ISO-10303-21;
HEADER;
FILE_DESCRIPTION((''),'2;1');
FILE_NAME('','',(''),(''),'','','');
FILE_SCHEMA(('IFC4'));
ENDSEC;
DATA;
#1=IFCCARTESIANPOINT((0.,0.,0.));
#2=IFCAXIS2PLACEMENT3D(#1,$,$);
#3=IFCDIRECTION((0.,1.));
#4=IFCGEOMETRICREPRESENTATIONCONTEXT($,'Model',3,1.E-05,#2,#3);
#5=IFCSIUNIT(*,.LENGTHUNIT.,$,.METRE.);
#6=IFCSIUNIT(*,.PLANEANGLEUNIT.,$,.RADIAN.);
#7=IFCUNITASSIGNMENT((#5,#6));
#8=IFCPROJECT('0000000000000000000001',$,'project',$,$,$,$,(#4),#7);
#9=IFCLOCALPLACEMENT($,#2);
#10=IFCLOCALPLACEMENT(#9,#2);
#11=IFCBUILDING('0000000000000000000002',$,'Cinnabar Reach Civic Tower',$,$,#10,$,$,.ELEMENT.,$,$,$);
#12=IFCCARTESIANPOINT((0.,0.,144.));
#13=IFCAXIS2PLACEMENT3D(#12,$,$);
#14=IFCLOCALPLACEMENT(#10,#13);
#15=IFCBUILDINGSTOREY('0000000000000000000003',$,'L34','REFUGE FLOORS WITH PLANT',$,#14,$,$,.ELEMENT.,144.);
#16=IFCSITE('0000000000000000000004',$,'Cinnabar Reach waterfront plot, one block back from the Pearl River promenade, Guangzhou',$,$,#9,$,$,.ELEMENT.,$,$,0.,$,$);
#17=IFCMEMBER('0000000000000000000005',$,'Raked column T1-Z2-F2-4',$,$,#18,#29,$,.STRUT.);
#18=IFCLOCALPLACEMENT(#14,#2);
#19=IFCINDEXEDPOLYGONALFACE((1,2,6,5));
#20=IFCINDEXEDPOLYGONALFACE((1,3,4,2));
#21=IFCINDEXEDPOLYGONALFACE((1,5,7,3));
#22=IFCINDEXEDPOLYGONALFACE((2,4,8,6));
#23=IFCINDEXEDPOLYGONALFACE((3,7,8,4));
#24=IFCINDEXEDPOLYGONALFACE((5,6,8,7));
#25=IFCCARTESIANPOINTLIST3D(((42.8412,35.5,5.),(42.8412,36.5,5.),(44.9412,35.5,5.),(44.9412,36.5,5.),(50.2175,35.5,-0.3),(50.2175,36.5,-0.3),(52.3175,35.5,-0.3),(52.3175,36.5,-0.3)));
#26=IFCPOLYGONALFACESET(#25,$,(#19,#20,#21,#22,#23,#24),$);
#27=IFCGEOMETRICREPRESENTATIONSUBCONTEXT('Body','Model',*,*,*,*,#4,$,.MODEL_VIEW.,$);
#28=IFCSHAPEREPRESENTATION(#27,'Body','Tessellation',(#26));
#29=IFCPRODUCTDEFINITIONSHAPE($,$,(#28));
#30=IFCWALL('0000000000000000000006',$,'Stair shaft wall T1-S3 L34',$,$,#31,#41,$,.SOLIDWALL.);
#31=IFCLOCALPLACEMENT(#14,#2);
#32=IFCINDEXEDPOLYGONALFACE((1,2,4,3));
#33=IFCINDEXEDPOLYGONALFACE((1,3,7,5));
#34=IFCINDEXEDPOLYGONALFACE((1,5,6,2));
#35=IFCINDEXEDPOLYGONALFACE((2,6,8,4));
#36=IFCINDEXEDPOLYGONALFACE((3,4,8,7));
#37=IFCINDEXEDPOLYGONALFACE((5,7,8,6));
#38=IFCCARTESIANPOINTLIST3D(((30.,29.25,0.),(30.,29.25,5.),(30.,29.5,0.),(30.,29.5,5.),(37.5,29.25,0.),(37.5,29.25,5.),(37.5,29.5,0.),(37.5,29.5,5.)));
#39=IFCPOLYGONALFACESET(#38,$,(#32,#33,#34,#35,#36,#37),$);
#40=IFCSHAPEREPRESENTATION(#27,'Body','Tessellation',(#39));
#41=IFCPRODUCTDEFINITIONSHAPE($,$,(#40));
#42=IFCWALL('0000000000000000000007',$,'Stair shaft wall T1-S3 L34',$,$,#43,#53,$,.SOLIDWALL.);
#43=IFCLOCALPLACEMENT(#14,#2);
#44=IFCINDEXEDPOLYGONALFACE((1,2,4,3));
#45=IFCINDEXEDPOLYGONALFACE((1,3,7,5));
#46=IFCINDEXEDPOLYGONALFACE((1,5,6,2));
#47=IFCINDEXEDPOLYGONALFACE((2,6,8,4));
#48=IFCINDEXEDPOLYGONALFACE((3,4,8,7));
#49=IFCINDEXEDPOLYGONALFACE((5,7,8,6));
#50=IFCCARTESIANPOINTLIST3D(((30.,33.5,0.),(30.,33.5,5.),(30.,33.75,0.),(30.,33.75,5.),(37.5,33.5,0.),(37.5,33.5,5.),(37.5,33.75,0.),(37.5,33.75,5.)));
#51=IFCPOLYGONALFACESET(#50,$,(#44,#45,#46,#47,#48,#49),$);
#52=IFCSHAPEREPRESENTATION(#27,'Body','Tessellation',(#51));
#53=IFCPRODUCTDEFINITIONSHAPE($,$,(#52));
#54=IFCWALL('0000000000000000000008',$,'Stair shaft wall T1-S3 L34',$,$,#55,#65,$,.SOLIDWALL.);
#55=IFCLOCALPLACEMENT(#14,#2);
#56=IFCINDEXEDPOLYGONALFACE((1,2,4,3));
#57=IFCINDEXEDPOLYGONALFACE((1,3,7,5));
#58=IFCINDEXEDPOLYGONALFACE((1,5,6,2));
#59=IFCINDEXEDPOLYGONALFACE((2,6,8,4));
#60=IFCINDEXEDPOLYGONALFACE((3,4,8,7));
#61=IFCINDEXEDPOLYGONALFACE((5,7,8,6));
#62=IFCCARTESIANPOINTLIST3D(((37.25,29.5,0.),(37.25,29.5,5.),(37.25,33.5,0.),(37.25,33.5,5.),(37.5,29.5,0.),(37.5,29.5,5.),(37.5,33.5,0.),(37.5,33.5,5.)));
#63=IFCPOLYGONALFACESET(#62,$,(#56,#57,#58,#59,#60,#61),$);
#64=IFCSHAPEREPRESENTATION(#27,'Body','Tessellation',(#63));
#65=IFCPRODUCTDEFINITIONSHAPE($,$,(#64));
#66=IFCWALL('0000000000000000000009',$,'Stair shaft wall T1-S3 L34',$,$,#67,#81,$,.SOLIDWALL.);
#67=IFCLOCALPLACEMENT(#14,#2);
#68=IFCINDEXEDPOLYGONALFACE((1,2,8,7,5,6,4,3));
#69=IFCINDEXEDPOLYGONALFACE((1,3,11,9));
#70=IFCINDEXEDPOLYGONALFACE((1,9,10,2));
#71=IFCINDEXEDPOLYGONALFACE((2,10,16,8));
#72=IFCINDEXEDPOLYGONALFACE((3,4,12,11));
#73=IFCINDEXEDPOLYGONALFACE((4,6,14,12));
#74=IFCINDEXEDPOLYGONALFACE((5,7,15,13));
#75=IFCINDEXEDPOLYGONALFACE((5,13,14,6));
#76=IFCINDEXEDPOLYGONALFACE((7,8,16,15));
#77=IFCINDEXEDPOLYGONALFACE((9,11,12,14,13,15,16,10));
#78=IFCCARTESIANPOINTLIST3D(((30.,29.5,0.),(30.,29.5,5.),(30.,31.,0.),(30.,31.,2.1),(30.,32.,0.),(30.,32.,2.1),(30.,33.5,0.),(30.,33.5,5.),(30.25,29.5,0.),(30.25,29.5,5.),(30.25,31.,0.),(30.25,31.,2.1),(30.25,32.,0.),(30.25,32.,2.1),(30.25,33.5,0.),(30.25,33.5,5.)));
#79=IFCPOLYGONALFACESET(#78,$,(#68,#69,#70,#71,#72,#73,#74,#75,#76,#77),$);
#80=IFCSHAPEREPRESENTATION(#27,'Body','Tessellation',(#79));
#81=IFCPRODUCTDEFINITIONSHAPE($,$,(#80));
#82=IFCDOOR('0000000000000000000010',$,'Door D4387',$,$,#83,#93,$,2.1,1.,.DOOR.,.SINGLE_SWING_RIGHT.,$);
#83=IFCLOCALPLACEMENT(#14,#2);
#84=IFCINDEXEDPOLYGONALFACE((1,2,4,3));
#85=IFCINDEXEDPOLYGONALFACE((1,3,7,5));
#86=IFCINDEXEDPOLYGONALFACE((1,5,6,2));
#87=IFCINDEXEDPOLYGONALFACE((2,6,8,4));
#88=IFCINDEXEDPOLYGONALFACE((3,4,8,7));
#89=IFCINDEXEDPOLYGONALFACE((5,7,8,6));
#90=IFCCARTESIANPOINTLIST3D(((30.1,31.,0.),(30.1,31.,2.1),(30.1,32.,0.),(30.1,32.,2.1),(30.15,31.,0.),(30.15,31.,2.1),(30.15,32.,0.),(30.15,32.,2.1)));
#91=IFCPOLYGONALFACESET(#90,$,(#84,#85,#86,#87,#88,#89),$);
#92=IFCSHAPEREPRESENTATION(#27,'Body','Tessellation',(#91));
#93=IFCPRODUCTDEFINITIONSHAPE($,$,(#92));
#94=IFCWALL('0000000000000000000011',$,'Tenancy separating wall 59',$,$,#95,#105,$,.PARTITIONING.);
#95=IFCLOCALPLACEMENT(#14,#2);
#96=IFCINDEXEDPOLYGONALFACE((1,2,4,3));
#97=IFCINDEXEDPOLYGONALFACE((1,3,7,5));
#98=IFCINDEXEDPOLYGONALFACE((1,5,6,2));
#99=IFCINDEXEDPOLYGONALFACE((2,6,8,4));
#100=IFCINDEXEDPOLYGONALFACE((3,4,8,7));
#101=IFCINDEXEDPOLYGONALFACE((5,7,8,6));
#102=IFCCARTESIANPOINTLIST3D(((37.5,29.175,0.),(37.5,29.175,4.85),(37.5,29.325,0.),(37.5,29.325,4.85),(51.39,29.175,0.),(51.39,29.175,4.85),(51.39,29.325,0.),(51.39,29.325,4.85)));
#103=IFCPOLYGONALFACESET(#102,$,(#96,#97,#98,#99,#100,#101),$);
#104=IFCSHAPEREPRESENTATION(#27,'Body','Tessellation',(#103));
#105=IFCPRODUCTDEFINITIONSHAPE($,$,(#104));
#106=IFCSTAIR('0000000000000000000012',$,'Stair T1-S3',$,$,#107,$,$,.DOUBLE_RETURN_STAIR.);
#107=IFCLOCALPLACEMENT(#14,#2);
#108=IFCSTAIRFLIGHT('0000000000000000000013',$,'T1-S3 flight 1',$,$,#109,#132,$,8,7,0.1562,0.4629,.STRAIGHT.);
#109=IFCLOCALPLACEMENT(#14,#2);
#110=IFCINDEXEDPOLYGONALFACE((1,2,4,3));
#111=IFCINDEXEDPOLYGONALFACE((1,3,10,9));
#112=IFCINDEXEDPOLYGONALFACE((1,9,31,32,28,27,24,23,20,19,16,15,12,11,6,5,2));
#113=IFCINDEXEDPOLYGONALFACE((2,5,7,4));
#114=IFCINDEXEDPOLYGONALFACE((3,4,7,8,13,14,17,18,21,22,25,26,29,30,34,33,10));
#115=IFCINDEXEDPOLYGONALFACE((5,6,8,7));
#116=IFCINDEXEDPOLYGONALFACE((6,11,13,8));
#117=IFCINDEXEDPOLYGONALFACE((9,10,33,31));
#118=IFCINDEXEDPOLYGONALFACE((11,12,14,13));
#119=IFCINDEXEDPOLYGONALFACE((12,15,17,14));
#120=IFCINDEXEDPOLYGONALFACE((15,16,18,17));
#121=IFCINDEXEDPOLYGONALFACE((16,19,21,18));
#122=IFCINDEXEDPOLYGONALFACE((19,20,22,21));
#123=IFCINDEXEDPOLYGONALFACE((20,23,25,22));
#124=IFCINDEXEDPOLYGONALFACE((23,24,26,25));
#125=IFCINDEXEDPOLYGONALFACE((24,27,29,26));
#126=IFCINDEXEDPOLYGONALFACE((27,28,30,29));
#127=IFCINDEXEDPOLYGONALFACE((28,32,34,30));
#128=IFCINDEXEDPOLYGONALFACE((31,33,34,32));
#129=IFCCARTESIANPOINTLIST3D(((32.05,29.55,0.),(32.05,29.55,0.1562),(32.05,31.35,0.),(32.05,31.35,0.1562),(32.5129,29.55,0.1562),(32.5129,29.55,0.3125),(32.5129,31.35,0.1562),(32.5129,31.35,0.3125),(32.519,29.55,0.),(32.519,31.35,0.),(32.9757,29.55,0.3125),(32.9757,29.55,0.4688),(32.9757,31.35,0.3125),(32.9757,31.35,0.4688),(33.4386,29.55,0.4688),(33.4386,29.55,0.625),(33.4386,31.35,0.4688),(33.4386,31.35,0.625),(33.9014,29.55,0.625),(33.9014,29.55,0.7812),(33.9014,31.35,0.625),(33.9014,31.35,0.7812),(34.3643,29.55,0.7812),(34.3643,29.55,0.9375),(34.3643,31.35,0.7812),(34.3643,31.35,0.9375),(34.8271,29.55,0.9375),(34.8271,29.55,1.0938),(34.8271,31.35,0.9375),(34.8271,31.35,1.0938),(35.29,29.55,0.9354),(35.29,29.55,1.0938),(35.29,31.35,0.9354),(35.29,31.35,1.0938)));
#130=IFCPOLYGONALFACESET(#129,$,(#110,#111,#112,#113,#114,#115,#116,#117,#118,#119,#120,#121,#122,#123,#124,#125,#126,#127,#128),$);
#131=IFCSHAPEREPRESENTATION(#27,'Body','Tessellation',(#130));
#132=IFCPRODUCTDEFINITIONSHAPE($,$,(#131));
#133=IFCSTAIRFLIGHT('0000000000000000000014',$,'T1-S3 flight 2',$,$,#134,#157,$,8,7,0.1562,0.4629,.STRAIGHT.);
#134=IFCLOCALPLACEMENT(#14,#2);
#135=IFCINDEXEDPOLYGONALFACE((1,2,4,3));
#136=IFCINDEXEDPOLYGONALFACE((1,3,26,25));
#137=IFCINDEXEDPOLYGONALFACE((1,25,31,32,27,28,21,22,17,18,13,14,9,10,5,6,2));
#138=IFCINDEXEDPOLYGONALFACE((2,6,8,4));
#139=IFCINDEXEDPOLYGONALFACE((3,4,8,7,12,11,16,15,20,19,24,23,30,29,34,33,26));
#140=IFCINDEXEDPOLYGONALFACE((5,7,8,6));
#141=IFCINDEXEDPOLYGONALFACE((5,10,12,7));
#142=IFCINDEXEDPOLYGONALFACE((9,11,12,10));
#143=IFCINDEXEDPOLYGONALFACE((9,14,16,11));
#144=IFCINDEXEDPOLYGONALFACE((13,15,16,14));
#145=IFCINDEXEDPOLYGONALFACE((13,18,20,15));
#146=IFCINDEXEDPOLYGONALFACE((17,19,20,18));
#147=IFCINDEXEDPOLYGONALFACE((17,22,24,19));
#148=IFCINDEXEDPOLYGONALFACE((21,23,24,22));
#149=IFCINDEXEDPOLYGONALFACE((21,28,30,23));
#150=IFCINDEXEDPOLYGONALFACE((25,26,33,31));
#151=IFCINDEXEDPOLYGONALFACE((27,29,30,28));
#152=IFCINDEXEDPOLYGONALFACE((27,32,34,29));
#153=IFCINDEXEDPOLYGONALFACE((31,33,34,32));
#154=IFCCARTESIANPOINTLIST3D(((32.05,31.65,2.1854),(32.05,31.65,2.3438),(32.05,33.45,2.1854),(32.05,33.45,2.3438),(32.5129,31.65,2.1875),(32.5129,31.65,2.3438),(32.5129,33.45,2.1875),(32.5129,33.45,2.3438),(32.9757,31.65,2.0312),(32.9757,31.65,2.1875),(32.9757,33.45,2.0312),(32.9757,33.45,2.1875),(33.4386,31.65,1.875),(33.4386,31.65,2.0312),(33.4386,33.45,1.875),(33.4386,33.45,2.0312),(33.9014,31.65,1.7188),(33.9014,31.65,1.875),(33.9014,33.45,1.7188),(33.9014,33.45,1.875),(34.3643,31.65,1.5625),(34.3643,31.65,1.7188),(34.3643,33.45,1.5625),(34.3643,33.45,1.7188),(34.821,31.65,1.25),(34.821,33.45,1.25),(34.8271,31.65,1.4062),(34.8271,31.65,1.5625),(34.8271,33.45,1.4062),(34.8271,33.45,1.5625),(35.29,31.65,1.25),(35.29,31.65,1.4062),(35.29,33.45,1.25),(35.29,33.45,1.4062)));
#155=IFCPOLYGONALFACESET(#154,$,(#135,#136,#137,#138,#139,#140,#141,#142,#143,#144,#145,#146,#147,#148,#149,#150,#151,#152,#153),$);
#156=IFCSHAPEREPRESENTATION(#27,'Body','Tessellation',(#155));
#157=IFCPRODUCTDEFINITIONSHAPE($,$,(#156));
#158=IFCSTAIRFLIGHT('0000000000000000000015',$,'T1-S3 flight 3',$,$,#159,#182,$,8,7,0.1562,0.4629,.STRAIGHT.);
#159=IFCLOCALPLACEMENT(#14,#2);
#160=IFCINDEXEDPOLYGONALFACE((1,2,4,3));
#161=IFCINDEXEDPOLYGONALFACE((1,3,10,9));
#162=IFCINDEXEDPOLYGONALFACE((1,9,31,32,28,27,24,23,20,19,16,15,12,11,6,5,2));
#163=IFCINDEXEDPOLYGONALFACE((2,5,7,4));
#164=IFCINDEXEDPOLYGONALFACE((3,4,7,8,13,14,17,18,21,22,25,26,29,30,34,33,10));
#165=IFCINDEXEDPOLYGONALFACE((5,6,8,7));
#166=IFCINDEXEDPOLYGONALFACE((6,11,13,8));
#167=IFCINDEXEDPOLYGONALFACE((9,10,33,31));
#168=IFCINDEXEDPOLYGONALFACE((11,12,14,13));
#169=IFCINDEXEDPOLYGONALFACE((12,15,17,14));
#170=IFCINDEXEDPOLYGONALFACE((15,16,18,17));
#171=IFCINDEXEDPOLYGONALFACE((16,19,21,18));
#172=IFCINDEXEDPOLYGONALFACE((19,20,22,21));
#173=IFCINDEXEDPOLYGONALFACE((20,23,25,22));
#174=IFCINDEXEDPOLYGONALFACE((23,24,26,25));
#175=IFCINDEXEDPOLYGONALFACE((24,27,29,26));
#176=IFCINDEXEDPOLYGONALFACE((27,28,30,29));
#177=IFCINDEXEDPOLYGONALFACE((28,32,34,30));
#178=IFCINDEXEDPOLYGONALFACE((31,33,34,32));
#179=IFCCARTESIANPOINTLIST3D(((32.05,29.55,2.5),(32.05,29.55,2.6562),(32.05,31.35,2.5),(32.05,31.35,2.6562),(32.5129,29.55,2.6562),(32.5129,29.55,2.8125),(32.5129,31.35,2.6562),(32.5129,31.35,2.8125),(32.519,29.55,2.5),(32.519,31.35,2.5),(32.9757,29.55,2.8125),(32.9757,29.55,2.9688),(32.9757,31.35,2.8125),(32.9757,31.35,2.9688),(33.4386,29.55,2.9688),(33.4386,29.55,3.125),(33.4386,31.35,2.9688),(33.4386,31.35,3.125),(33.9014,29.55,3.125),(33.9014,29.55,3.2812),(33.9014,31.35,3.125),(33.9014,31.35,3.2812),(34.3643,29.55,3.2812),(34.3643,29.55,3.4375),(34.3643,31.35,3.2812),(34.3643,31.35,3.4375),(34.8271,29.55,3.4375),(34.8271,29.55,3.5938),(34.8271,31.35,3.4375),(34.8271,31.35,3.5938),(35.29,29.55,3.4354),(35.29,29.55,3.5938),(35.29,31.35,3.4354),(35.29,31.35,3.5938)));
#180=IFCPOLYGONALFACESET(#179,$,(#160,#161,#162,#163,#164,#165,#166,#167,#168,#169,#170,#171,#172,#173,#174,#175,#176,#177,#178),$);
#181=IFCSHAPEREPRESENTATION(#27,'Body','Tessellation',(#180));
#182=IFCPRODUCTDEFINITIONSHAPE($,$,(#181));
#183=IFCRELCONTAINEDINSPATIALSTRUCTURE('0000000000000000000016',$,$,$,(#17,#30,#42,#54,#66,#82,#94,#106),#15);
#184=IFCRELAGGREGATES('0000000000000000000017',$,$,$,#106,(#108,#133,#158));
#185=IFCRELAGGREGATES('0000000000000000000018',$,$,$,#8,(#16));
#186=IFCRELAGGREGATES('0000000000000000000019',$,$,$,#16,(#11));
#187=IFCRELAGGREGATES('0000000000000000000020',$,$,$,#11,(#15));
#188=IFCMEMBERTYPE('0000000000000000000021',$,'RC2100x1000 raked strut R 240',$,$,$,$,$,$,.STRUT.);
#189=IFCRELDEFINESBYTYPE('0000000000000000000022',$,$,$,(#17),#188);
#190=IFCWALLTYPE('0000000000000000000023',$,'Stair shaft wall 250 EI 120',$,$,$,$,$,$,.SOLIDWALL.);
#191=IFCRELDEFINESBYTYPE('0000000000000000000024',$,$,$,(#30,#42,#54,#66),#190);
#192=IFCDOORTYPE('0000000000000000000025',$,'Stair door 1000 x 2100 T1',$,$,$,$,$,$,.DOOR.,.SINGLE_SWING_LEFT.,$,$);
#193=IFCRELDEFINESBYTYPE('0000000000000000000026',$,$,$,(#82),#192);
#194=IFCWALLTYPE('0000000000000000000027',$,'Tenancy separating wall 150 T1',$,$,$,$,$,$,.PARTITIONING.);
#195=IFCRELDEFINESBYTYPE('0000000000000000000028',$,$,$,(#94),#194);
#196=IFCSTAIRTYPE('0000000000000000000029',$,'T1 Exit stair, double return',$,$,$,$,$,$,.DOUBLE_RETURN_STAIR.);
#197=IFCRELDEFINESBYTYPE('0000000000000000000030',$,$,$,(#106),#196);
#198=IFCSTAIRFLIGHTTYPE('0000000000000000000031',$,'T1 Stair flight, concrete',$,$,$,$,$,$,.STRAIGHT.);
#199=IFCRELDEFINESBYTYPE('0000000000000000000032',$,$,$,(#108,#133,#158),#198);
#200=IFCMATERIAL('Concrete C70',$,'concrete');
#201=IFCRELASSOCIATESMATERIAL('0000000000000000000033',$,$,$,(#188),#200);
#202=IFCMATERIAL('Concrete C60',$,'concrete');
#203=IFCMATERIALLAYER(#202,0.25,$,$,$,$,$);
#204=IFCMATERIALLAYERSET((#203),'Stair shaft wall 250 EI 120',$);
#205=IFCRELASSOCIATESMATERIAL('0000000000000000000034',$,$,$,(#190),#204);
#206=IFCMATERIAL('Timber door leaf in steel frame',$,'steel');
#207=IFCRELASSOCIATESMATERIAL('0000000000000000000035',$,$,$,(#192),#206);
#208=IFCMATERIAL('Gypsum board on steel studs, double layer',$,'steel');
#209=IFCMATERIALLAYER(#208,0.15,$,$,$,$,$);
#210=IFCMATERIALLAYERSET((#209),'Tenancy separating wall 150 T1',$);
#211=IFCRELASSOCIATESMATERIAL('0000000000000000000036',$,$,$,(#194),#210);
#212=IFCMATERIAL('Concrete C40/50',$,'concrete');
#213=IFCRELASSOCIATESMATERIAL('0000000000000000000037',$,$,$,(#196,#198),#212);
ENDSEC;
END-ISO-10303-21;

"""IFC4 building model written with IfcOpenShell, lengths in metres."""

from ifc_helpers import new_model, si_unit, direction, frame, frame_2d, origin, origin_2d, place, context, subcontext, project, spatial, polyline, rectangle, outline, extrude, material, layer, layer_set, material_profile, profile_set, type_object, element, fill, aggregate, save


model = new_model("IFC4")

# Units and contexts
model_context = context("Model", 3, precision=1e-05, world=origin(), true_north=direction((0.0, 1.0)))
body_context = subcontext(model_context, "Body", "Model", "MODEL_VIEW")
ifc_project = project(units=[si_unit("LENGTHUNIT", "METRE"), si_unit("PLANEANGLEUNIT", "RADIAN")], contexts=[model_context])

# Site, building, storey
site_placement = place(None, origin())
site = spatial("IfcSite", under=ifc_project, at=site_placement, Name="Cinnabar Reach waterfront plot, one block back from the Pearl River promenade, Guangzhou", CompositionType="ELEMENT", RefElevation=0.0)
building_placement = place(site_placement, origin())
building = spatial("IfcBuilding", under=site, at=building_placement, Name="Cinnabar Reach Civic Tower", CompositionType="ELEMENT")
storey_placement = place(building_placement, frame((0.0, 0.0, 144.0)))
storey = spatial("IfcBuildingStorey", under=building, at=storey_placement, Name="L34", Description="REFUGE FLOORS WITH PLANT", CompositionType="ELEMENT", Elevation=144.0)

# Shared definitions
ifc_material_1 = material(Name="Concrete C70", Category="concrete")

# Member
ifc_material_profile_1 = material_profile(ifc_material_1, rectangle(XDim=2.1, YDim=1.0, at=origin_2d()), Name="RC2100x1000")
ifc_profile_set_1 = profile_set([ifc_material_profile_1], Name="Concrete C70")
member_type = type_object("IfcMemberType", Name="RC2100x1000 raked strut R 240", PredefinedType="STRUT", material=ifc_profile_set_1)
member_placement = place(storey_placement, frame((51.2675, 36.0, -0.3), z_axis=(0.0, 0.0, 1.0), x_axis=(-1.0, 0.0, 0.0)))
element("IfcMember", 1, at=member_placement, inside=storey, type_object=member_type, Name="Raked column T1-Z2-F2-4", PredefinedType="STRUT", context=body_context, shape_type="SweptSolid", body=[
    extrude(rectangle(XDim=2.1, YDim=1.0, at=origin_2d()), origin(), (0.812105, 0.0, 0.583511), 9.0829),
])

# Walls
ifc_material_2 = material(Name="Concrete C60", Category="concrete")
ifc_layer_1 = layer(ifc_material_2, 0.25)
ifc_layer_set_1 = layer_set([ifc_layer_1], Name="Stair shaft wall 250 EI 120")
wall_type_1 = type_object("IfcWallType", Name="Stair shaft wall 250 EI 120", PredefinedType="SOLIDWALL", material=ifc_layer_set_1)
for number, where, z_axis, x_axis, name in (
    (2, (30.0, 29.375, 0.0), (0.0, 0.0, 1.0), (1.0, 0.0, 0.0), "Stair shaft wall T1-S3 L34"),
    (3, (37.5, 33.625, 0.0), (0.0, 0.0, 1.0), (-1.0, 0.0, 0.0), "Stair shaft wall T1-S3 L34"),
):
    element("IfcWall", number, at=place(storey_placement, frame(where, z_axis=z_axis, x_axis=x_axis)), inside=storey, type_object=wall_type_1, Name=name, PredefinedType="SOLIDWALL", context=body_context, shape_type="SweptSolid", body=[
        extrude(rectangle(XDim=7.5, YDim=0.25, at=frame_2d((3.75, 0.0))), origin(), (0.0, 0.0, 1.0), 5.0),
    ])
wall_1_placement = place(storey_placement, frame((37.375, 29.5, 0.0), z_axis=(0.0, 0.0, 1.0), x_axis=(0.0, 1.0, 0.0)))
element("IfcWall", 4, at=wall_1_placement, inside=storey, type_object=wall_type_1, Name="Stair shaft wall T1-S3 L34", PredefinedType="SOLIDWALL", context=body_context, shape_type="SweptSolid", body=[
    extrude(rectangle(XDim=4.0, YDim=0.25, at=frame_2d((2.0, 0.0))), origin(), (0.0, 0.0, 1.0), 5.0),
])

# Wall, opening, door
wall_2_placement = place(storey_placement, frame((30.125, 33.5, 0.0), z_axis=(0.0, 0.0, 1.0), x_axis=(0.0, -1.0, 0.0)))
wall_2 = element("IfcWall", 5, at=wall_2_placement, inside=storey, type_object=wall_type_1, Name="Stair shaft wall T1-S3 L34", PredefinedType="SOLIDWALL", context=body_context, shape_type="SweptSolid", body=[
    extrude(rectangle(XDim=4.0, YDim=0.25, at=frame_2d((2.0, 0.0))), origin(), (0.0, 0.0, 1.0), 5.0),
])
opening_placement = place(wall_2_placement, frame((1.5, 0.0, 0.0)))
opening = element("IfcOpeningElement", 6, at=opening_placement, cuts=wall_2, PredefinedType="OPENING", context=body_context, shape_type="SweptSolid", body=[
    extrude(rectangle(XDim=1.0, YDim=2.1, at=frame_2d((0.5, 1.05))), frame((0.0, 0.135, 0.0), z_axis=(0.0, -1.0, 0.0), x_axis=(1.0, 0.0, 0.0)), (0.0, 0.0, 1.0), 0.27),
])
ifc_material_3 = material(Name="Timber door leaf in steel frame", Category="steel")
door_type = type_object("IfcDoorType", Name="Stair door 1000 x 2100 T1", OperationType="SINGLE_SWING_LEFT", PredefinedType="DOOR", material=ifc_material_3)
door_placement = place(opening_placement, origin())
door = element("IfcDoor", 7, at=door_placement, inside=storey, type_object=door_type, Name="Door D4387", OperationType="SINGLE_SWING_RIGHT", OverallHeight=2.1, OverallWidth=1.0, PredefinedType="DOOR", context=body_context, shape_type="SweptSolid", body=[
    extrude(rectangle(XDim=1.0, YDim=2.1, at=frame_2d((0.5, 1.05))), frame((0.0, 0.025, 0.0), z_axis=(0.0, -1.0, 0.0), x_axis=(1.0, 0.0, 0.0)), (0.0, 0.0, 1.0), 0.05),
])
fill(opening, door)

# Wall
ifc_material_4 = material(Name="Gypsum board on steel studs, double layer", Category="steel")
ifc_layer_2 = layer(ifc_material_4, 0.15)
ifc_layer_set_2 = layer_set([ifc_layer_2], Name="Tenancy separating wall 150 T1")
wall_type_2 = type_object("IfcWallType", Name="Tenancy separating wall 150 T1", PredefinedType="PARTITIONING", material=ifc_layer_set_2)
wall_3_placement = place(storey_placement, frame((37.5, 29.25, 0.0), z_axis=(0.0, 0.0, 1.0), x_axis=(1.0, 0.0, 0.0)))
element("IfcWall", 8, at=wall_3_placement, inside=storey, type_object=wall_type_2, Name="Tenancy separating wall 59", PredefinedType="PARTITIONING", context=body_context, shape_type="SweptSolid", body=[
    extrude(rectangle(XDim=13.89, YDim=0.15, at=frame_2d((6.945, 0.0))), origin(), (0.0, 0.0, 1.0), 4.85),
])

# Stair, stair flights
ifc_material_5 = material(Name="Concrete C40/50", Category="concrete")
stair_type = type_object("IfcStairType", Name="T1 Exit stair, double return", PredefinedType="DOUBLE_RETURN_STAIR", material=ifc_material_5)
stair_placement = place(storey_placement, origin())
stair = element("IfcStair", 9, at=stair_placement, inside=storey, type_object=stair_type, Name="Stair T1-S3", PredefinedType="DOUBLE_RETURN_STAIR")
stair_flight_type = type_object("IfcStairFlightType", Name="T1 Stair flight, concrete", PredefinedType="STRAIGHT", material=ifc_material_5)
stair_flight_1_placement = place(storey_placement, frame((32.05, 30.45, 0.0), z_axis=(0.0, 0.0, 1.0), x_axis=(1.0, 0.0, 0.0)))
stair_flight_1 = element("IfcStairFlight", 10, at=stair_flight_1_placement, type_object=stair_flight_type, Name="T1-S3 flight 1", NumberOfRisers=8, NumberOfTreads=7, PredefinedType="STRAIGHT", RiserHeight=0.1562, TreadLength=0.4629, context=body_context, shape_type="SweptSolid", body=[
    extrude(outline(polyline([(0.0, 0.0), (0.0, 0.1562), (0.4629, 0.1562), (0.4629, 0.3125), (0.9257, 0.3125), (0.9257, 0.4688), (1.3886, 0.4688), (1.3886, 0.625), (1.8514, 0.625), (1.8514, 0.7812), (2.3143, 0.7812), (2.3143, 0.9375), (2.7771, 0.9375), (2.7771, 1.0938), (3.24, 1.0938), (3.24, 1.25), (3.24, 0.9354), (0.469, 0.0), (0.0, 0.0)])), frame((0.0, 0.9, 0.0), z_axis=(0.0, -1.0, 0.0), x_axis=(1.0, 0.0, 0.0)), (0.0, 0.0, 1.0), 1.8),
])
stair_flight_2_placement = place(storey_placement, frame((35.29, 32.55, 1.25), z_axis=(0.0, 0.0, 1.0), x_axis=(-1.0, 0.0, 0.0)))
stair_flight_2 = element("IfcStairFlight", 11, at=stair_flight_2_placement, type_object=stair_flight_type, Name="T1-S3 flight 2", NumberOfRisers=8, NumberOfTreads=7, PredefinedType="STRAIGHT", RiserHeight=0.1562, TreadLength=0.4629, context=body_context, shape_type="SweptSolid", body=[
    extrude(outline(polyline([(0.0, 0.0), (0.0, 0.1562), (0.4629, 0.1562), (0.4629, 0.3125), (0.9257, 0.3125), (0.9257, 0.4688), (1.3886, 0.4688), (1.3886, 0.625), (1.8514, 0.625), (1.8514, 0.7812), (2.3143, 0.7812), (2.3143, 0.9375), (2.7771, 0.9375), (2.7771, 1.0938), (3.24, 1.0938), (3.24, 1.25), (3.24, 0.9354), (0.469, 0.0), (0.0, 0.0)])), frame((0.0, 0.9, 0.0), z_axis=(0.0, -1.0, 0.0), x_axis=(1.0, 0.0, 0.0)), (0.0, 0.0, 1.0), 1.8),
])
stair_flight_3_placement = place(storey_placement, frame((32.05, 30.45, 2.5), z_axis=(0.0, 0.0, 1.0), x_axis=(1.0, 0.0, 0.0)))
stair_flight_3 = element("IfcStairFlight", 12, at=stair_flight_3_placement, type_object=stair_flight_type, Name="T1-S3 flight 3", NumberOfRisers=8, NumberOfTreads=7, PredefinedType="STRAIGHT", RiserHeight=0.1562, TreadLength=0.4629, context=body_context, shape_type="SweptSolid", body=[
    extrude(outline(polyline([(0.0, 0.0), (0.0, 0.1562), (0.4629, 0.1562), (0.4629, 0.3125), (0.9257, 0.3125), (0.9257, 0.4688), (1.3886, 0.4688), (1.3886, 0.625), (1.8514, 0.625), (1.8514, 0.7812), (2.3143, 0.7812), (2.3143, 0.9375), (2.7771, 0.9375), (2.7771, 1.0938), (3.24, 1.0938), (3.24, 1.25), (3.24, 0.9354), (0.469, 0.0), (0.0, 0.0)])), frame((0.0, 0.9, 0.0), z_axis=(0.0, -1.0, 0.0), x_axis=(1.0, 0.0, 0.0)), (0.0, 0.0, 1.0), 1.8),
])
aggregate(stair, [stair_flight_1, stair_flight_2, stair_flight_3])

save(model, "model.ifc")
